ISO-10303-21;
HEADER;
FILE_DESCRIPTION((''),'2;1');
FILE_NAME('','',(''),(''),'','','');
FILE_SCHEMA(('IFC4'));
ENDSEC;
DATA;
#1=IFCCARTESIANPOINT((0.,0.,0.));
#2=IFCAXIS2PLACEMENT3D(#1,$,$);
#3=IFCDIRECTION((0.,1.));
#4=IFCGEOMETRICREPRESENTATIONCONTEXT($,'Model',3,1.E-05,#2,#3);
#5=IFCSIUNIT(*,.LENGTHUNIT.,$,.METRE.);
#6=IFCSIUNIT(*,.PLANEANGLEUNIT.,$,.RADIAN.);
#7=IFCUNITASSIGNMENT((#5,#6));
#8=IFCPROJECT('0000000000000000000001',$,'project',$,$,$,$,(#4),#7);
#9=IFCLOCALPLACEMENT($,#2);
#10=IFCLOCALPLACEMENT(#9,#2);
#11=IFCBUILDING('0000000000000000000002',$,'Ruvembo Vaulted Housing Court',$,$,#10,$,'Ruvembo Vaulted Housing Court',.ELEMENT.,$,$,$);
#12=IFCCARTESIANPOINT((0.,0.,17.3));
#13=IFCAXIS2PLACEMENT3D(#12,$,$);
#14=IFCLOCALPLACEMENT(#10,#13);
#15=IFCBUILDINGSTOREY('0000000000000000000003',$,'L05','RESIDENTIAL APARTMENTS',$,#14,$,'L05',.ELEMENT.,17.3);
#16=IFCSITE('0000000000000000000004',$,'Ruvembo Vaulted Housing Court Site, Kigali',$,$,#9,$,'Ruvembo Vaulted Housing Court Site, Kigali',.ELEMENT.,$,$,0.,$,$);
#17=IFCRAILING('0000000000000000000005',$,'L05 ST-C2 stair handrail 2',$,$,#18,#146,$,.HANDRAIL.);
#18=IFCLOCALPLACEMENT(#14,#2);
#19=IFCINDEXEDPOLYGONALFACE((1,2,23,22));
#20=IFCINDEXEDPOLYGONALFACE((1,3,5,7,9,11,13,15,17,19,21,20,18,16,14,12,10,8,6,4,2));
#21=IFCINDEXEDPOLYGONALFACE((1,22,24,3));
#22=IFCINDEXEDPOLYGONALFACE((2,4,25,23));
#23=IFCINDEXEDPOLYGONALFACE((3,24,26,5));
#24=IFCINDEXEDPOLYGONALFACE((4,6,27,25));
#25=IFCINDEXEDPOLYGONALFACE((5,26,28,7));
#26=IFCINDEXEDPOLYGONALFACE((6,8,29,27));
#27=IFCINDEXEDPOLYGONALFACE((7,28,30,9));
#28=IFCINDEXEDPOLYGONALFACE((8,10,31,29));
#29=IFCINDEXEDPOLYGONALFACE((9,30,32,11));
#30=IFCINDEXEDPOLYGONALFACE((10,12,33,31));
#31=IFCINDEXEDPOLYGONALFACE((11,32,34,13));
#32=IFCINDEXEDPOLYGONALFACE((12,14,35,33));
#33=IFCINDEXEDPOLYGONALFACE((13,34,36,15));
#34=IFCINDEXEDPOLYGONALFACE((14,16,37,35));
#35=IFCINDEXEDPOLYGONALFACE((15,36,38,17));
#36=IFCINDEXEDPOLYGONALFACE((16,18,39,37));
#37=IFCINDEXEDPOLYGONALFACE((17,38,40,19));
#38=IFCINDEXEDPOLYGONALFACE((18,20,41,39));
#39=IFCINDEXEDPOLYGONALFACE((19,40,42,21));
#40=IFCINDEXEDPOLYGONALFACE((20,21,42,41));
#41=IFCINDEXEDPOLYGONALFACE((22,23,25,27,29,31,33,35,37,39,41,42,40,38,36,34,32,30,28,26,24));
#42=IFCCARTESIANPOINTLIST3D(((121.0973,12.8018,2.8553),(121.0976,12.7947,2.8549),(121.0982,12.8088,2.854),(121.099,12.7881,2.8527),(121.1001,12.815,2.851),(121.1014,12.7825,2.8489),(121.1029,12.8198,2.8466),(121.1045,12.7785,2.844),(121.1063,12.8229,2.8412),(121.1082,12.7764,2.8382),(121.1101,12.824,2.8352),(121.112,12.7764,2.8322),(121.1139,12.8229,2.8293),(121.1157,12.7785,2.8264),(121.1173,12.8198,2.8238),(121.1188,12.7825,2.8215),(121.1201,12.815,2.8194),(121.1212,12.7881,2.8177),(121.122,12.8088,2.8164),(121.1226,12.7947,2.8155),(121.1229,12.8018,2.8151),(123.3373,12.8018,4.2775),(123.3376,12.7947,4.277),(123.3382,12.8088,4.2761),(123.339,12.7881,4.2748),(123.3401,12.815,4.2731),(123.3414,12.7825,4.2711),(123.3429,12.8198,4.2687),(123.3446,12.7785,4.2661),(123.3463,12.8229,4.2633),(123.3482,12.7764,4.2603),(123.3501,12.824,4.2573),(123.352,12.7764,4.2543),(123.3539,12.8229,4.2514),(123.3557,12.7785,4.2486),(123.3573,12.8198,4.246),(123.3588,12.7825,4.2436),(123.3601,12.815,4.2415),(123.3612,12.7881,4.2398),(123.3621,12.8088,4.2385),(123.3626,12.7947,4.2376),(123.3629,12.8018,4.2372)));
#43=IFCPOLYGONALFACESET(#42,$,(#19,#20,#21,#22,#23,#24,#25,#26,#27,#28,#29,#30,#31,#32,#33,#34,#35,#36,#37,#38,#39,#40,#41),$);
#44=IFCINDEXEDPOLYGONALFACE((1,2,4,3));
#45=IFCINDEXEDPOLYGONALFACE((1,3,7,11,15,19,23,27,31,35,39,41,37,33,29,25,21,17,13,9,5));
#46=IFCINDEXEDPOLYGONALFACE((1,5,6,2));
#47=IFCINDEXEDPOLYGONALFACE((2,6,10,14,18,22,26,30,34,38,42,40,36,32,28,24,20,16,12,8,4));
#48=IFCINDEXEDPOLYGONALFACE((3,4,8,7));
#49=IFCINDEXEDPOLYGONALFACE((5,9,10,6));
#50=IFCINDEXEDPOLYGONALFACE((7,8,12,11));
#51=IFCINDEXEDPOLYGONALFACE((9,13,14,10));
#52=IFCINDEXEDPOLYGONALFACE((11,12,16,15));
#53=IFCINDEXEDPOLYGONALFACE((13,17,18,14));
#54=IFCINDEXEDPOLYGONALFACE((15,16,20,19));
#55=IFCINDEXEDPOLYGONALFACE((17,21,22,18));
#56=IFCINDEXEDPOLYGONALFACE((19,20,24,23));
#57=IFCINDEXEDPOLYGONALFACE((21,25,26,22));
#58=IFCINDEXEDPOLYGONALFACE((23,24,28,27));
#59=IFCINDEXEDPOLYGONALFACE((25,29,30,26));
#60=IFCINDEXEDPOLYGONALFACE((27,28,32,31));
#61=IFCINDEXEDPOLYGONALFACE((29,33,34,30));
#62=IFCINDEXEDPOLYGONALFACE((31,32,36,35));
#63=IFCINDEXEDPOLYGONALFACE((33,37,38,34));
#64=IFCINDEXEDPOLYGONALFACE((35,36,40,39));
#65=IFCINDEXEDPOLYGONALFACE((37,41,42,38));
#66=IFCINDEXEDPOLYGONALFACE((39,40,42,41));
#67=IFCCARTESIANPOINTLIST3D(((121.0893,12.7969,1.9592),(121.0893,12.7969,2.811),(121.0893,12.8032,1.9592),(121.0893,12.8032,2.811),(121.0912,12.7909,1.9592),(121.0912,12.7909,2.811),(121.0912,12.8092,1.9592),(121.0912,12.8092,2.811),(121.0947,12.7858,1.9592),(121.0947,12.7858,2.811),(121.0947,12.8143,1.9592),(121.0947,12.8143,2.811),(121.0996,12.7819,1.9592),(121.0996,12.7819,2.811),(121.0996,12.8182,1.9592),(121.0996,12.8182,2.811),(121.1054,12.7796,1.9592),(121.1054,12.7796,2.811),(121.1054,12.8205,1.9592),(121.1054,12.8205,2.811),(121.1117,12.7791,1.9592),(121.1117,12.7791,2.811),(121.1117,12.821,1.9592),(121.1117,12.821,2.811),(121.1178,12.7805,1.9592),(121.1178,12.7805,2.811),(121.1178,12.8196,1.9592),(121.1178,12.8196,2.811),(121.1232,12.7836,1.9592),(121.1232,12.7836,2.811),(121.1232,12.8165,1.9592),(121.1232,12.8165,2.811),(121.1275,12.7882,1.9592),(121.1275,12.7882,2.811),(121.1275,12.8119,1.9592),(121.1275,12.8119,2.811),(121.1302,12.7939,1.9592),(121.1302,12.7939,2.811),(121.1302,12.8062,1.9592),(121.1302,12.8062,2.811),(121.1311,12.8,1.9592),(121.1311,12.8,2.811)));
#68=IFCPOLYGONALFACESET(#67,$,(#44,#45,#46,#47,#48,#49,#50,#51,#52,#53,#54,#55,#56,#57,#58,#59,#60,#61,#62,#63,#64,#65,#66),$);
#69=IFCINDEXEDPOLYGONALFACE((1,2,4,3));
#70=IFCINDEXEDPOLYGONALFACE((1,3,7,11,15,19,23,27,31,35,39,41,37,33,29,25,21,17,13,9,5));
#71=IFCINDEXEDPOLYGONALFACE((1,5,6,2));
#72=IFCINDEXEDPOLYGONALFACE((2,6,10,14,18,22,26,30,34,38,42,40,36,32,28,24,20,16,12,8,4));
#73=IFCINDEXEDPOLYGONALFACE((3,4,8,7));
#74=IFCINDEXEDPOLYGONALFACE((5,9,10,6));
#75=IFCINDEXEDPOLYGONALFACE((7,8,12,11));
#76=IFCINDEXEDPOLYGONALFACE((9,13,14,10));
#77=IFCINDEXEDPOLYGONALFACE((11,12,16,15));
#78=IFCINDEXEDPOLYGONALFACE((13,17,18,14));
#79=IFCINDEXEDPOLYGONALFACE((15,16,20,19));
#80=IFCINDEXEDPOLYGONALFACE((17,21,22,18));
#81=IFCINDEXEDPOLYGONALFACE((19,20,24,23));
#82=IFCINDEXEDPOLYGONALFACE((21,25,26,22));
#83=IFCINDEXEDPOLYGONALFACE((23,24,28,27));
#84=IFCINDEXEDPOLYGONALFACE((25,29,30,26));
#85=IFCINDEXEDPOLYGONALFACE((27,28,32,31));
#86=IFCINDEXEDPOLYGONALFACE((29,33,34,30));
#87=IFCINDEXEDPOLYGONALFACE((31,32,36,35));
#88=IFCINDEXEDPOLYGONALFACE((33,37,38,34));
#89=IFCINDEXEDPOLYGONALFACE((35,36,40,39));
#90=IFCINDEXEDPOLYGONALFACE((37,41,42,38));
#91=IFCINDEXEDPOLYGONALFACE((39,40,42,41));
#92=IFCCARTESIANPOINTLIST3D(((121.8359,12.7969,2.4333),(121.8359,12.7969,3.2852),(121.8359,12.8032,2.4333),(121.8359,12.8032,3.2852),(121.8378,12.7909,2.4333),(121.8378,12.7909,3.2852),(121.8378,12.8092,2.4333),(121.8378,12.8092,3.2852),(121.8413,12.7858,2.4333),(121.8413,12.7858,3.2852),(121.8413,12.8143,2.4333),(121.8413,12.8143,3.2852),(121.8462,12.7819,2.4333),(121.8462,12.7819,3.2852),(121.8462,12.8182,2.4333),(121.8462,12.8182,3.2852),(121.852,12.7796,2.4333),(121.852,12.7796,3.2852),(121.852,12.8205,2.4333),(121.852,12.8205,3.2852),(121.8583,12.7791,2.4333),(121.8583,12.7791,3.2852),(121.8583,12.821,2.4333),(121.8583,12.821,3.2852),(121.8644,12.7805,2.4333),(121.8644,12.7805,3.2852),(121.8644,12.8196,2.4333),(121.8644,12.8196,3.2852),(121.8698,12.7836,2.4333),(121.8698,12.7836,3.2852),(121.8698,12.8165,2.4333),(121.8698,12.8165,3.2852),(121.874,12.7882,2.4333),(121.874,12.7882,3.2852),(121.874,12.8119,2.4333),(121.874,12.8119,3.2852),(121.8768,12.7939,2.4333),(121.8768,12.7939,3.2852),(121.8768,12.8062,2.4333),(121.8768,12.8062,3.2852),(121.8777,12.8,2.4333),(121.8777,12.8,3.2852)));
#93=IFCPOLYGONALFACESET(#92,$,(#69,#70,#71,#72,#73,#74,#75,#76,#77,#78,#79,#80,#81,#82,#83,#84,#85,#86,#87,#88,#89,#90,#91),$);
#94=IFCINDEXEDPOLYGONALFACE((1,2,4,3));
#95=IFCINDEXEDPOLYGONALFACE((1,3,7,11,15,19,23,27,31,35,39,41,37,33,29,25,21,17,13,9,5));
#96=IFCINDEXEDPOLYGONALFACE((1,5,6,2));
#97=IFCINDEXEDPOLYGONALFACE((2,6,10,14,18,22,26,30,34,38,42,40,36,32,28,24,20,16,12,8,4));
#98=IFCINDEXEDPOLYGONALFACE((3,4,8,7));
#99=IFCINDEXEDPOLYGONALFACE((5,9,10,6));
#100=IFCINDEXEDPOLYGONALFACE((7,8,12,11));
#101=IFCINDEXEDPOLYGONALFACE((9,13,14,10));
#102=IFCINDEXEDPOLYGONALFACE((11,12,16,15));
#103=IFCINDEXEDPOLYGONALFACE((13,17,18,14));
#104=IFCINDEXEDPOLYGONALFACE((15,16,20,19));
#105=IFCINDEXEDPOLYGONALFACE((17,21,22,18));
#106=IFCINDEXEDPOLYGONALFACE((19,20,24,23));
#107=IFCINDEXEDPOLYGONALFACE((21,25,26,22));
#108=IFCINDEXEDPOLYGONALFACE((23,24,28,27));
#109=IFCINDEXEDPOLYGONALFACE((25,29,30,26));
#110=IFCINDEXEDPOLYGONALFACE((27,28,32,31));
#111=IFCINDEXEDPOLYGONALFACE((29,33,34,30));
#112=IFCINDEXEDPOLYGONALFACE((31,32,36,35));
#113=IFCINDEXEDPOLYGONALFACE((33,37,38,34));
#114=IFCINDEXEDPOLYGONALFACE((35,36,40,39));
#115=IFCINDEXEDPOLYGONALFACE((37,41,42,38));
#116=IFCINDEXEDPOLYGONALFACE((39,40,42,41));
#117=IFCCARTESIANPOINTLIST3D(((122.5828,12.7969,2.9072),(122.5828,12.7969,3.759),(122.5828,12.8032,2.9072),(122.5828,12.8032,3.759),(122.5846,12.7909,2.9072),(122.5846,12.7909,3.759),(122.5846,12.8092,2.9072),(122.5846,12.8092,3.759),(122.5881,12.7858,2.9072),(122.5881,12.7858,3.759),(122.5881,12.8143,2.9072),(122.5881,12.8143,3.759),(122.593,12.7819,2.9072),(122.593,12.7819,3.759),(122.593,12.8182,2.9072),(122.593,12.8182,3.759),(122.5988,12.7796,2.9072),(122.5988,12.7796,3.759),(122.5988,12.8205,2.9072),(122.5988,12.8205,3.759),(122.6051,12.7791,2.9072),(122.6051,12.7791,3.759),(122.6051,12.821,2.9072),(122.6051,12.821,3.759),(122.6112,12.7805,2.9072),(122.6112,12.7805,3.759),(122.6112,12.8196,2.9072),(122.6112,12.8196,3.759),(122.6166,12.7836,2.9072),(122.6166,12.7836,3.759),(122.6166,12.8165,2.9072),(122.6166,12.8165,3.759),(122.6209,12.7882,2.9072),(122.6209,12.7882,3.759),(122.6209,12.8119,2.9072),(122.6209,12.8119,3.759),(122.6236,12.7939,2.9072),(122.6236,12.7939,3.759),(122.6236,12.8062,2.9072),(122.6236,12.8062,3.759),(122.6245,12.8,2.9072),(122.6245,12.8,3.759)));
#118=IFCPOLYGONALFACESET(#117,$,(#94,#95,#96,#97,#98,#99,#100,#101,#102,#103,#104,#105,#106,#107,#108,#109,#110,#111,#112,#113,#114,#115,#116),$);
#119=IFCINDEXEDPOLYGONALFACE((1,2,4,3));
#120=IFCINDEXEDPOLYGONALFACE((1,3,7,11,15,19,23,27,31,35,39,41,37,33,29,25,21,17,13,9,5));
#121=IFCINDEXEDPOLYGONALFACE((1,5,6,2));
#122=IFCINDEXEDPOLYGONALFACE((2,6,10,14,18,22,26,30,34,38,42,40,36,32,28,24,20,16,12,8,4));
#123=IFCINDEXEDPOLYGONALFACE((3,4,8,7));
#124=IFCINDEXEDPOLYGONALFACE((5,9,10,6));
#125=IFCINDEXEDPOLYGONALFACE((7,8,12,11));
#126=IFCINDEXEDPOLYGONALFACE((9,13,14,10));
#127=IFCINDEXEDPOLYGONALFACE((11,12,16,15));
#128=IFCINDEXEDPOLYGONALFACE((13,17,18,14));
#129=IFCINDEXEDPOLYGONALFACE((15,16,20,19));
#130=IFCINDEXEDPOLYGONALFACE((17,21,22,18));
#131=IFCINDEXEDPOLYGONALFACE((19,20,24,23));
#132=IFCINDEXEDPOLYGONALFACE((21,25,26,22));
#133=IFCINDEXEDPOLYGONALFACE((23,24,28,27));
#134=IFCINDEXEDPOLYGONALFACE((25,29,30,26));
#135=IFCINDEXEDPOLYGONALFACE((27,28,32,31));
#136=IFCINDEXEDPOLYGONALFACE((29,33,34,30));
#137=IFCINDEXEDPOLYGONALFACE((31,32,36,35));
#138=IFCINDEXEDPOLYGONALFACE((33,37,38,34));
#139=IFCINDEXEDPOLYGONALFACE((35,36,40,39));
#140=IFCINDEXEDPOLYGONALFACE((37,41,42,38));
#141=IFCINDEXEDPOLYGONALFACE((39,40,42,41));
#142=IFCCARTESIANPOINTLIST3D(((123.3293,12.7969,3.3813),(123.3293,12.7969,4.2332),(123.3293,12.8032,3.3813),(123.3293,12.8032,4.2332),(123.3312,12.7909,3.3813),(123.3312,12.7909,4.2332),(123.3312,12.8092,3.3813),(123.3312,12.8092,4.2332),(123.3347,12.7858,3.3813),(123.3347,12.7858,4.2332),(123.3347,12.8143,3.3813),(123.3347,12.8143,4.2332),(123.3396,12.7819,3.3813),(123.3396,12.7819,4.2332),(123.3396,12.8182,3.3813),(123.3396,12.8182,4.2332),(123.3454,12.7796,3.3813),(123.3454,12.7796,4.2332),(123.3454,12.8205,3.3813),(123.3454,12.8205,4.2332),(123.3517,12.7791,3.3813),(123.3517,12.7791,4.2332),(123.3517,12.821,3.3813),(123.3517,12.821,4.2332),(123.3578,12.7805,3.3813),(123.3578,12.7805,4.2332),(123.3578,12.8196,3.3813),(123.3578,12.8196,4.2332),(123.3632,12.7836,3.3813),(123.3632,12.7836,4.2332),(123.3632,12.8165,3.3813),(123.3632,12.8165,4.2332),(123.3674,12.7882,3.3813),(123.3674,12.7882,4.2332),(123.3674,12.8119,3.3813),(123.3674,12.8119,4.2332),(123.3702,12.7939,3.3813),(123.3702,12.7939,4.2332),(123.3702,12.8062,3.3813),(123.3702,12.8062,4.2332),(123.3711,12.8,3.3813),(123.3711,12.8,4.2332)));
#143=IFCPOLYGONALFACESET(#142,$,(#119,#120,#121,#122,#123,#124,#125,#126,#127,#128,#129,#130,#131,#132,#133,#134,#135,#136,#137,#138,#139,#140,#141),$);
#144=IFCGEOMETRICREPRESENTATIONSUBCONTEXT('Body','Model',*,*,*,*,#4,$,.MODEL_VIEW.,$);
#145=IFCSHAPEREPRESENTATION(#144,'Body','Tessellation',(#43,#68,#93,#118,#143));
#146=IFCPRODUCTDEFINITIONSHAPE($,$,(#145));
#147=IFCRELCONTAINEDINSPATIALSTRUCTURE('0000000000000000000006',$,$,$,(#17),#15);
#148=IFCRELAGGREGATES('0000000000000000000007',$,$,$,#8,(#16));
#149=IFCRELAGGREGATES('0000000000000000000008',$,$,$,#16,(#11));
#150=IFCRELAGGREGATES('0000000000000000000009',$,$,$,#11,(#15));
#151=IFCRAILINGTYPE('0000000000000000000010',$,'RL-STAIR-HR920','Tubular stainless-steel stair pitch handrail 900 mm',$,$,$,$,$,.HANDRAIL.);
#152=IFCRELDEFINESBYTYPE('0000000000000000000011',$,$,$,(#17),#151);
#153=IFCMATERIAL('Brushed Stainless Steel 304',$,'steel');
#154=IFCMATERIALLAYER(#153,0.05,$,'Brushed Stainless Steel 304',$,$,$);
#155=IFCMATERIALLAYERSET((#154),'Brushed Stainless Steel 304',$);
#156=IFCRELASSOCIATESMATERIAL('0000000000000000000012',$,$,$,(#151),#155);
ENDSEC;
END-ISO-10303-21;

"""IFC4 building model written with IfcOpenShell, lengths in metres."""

from ifc_helpers import new_model, si_unit, direction, frame, origin, origin_2d, place, context, subcontext, project, spatial, circle, extrude, material, layer, layer_set, type_object, element, save


model = new_model("IFC4")

# Units and contexts
model_context = context("Model", 3, precision=1e-05, world=origin(), true_north=direction((0.0, 1.0)))
body_context = subcontext(model_context, "Body", "Model", "MODEL_VIEW")
ifc_project = project(units=[si_unit("LENGTHUNIT", "METRE"), si_unit("PLANEANGLEUNIT", "RADIAN")], contexts=[model_context])

# Site, building, storey
site_placement = place(None, origin())
site = spatial("IfcSite", under=ifc_project, at=site_placement, Name="Ruvembo Vaulted Housing Court Site, Kigali", LongName="Ruvembo Vaulted Housing Court Site, Kigali", CompositionType="ELEMENT", RefElevation=0.0)
building_placement = place(site_placement, origin())
building = spatial("IfcBuilding", under=site, at=building_placement, Name="Ruvembo Vaulted Housing Court", LongName="Ruvembo Vaulted Housing Court", CompositionType="ELEMENT")
storey_placement = place(building_placement, frame((0.0, 0.0, 17.3)))
storey = spatial("IfcBuildingStorey", under=building, at=storey_placement, Name="L05", Description="RESIDENTIAL APARTMENTS", LongName="L05", CompositionType="ELEMENT", Elevation=17.3)

# Railing
ifc_material_1 = material(Name="Brushed Stainless Steel 304", Category="steel")
ifc_layer_1 = layer(ifc_material_1, 0.05, Name="Brushed Stainless Steel 304")
ifc_layer_set_1 = layer_set([ifc_layer_1], Name="Brushed Stainless Steel 304")
railing_type_1 = type_object("IfcRailingType", Name="RL-STAIR-HR920", Description="Tubular stainless-steel stair pitch handrail 900 mm", PredefinedType="HANDRAIL", material=ifc_layer_set_1)
railing_1_placement = place(storey_placement, frame((121.1101, 12.8, 1.9592)))
element("IfcRailing", 1, at=railing_1_placement, inside=storey, type_object=railing_type_1, Name="L05 ST-C2 stair handrail 2", PredefinedType="HANDRAIL", context=body_context, shape_type="SweptSolid", body=[
    extrude(circle(Radius=0.0239, at=origin_2d()), frame((0.0, 0.0, 0.876), z_axis=(0.844229, 0.0, 0.535982), x_axis=(0.0, 1.0, 0.0)), (0.0, 0.0, 1.0), 2.6533),
    extrude(circle(Radius=0.021, at=origin_2d()), origin(), (0.0, 0.0, 1.0), 0.8518),
    extrude(circle(Radius=0.021, at=origin_2d()), frame((0.7466, 0.0, 0.4741)), (0.0, 0.0, 1.0), 0.8518),
    extrude(circle(Radius=0.021, at=origin_2d()), frame((1.4934, 0.0, 0.948)), (0.0, 0.0, 1.0), 0.8518),
    extrude(circle(Radius=0.021, at=origin_2d()), frame((2.24, 0.0, 1.4221)), (0.0, 0.0, 1.0), 0.8518),
])

save(model, "model.ifc")
